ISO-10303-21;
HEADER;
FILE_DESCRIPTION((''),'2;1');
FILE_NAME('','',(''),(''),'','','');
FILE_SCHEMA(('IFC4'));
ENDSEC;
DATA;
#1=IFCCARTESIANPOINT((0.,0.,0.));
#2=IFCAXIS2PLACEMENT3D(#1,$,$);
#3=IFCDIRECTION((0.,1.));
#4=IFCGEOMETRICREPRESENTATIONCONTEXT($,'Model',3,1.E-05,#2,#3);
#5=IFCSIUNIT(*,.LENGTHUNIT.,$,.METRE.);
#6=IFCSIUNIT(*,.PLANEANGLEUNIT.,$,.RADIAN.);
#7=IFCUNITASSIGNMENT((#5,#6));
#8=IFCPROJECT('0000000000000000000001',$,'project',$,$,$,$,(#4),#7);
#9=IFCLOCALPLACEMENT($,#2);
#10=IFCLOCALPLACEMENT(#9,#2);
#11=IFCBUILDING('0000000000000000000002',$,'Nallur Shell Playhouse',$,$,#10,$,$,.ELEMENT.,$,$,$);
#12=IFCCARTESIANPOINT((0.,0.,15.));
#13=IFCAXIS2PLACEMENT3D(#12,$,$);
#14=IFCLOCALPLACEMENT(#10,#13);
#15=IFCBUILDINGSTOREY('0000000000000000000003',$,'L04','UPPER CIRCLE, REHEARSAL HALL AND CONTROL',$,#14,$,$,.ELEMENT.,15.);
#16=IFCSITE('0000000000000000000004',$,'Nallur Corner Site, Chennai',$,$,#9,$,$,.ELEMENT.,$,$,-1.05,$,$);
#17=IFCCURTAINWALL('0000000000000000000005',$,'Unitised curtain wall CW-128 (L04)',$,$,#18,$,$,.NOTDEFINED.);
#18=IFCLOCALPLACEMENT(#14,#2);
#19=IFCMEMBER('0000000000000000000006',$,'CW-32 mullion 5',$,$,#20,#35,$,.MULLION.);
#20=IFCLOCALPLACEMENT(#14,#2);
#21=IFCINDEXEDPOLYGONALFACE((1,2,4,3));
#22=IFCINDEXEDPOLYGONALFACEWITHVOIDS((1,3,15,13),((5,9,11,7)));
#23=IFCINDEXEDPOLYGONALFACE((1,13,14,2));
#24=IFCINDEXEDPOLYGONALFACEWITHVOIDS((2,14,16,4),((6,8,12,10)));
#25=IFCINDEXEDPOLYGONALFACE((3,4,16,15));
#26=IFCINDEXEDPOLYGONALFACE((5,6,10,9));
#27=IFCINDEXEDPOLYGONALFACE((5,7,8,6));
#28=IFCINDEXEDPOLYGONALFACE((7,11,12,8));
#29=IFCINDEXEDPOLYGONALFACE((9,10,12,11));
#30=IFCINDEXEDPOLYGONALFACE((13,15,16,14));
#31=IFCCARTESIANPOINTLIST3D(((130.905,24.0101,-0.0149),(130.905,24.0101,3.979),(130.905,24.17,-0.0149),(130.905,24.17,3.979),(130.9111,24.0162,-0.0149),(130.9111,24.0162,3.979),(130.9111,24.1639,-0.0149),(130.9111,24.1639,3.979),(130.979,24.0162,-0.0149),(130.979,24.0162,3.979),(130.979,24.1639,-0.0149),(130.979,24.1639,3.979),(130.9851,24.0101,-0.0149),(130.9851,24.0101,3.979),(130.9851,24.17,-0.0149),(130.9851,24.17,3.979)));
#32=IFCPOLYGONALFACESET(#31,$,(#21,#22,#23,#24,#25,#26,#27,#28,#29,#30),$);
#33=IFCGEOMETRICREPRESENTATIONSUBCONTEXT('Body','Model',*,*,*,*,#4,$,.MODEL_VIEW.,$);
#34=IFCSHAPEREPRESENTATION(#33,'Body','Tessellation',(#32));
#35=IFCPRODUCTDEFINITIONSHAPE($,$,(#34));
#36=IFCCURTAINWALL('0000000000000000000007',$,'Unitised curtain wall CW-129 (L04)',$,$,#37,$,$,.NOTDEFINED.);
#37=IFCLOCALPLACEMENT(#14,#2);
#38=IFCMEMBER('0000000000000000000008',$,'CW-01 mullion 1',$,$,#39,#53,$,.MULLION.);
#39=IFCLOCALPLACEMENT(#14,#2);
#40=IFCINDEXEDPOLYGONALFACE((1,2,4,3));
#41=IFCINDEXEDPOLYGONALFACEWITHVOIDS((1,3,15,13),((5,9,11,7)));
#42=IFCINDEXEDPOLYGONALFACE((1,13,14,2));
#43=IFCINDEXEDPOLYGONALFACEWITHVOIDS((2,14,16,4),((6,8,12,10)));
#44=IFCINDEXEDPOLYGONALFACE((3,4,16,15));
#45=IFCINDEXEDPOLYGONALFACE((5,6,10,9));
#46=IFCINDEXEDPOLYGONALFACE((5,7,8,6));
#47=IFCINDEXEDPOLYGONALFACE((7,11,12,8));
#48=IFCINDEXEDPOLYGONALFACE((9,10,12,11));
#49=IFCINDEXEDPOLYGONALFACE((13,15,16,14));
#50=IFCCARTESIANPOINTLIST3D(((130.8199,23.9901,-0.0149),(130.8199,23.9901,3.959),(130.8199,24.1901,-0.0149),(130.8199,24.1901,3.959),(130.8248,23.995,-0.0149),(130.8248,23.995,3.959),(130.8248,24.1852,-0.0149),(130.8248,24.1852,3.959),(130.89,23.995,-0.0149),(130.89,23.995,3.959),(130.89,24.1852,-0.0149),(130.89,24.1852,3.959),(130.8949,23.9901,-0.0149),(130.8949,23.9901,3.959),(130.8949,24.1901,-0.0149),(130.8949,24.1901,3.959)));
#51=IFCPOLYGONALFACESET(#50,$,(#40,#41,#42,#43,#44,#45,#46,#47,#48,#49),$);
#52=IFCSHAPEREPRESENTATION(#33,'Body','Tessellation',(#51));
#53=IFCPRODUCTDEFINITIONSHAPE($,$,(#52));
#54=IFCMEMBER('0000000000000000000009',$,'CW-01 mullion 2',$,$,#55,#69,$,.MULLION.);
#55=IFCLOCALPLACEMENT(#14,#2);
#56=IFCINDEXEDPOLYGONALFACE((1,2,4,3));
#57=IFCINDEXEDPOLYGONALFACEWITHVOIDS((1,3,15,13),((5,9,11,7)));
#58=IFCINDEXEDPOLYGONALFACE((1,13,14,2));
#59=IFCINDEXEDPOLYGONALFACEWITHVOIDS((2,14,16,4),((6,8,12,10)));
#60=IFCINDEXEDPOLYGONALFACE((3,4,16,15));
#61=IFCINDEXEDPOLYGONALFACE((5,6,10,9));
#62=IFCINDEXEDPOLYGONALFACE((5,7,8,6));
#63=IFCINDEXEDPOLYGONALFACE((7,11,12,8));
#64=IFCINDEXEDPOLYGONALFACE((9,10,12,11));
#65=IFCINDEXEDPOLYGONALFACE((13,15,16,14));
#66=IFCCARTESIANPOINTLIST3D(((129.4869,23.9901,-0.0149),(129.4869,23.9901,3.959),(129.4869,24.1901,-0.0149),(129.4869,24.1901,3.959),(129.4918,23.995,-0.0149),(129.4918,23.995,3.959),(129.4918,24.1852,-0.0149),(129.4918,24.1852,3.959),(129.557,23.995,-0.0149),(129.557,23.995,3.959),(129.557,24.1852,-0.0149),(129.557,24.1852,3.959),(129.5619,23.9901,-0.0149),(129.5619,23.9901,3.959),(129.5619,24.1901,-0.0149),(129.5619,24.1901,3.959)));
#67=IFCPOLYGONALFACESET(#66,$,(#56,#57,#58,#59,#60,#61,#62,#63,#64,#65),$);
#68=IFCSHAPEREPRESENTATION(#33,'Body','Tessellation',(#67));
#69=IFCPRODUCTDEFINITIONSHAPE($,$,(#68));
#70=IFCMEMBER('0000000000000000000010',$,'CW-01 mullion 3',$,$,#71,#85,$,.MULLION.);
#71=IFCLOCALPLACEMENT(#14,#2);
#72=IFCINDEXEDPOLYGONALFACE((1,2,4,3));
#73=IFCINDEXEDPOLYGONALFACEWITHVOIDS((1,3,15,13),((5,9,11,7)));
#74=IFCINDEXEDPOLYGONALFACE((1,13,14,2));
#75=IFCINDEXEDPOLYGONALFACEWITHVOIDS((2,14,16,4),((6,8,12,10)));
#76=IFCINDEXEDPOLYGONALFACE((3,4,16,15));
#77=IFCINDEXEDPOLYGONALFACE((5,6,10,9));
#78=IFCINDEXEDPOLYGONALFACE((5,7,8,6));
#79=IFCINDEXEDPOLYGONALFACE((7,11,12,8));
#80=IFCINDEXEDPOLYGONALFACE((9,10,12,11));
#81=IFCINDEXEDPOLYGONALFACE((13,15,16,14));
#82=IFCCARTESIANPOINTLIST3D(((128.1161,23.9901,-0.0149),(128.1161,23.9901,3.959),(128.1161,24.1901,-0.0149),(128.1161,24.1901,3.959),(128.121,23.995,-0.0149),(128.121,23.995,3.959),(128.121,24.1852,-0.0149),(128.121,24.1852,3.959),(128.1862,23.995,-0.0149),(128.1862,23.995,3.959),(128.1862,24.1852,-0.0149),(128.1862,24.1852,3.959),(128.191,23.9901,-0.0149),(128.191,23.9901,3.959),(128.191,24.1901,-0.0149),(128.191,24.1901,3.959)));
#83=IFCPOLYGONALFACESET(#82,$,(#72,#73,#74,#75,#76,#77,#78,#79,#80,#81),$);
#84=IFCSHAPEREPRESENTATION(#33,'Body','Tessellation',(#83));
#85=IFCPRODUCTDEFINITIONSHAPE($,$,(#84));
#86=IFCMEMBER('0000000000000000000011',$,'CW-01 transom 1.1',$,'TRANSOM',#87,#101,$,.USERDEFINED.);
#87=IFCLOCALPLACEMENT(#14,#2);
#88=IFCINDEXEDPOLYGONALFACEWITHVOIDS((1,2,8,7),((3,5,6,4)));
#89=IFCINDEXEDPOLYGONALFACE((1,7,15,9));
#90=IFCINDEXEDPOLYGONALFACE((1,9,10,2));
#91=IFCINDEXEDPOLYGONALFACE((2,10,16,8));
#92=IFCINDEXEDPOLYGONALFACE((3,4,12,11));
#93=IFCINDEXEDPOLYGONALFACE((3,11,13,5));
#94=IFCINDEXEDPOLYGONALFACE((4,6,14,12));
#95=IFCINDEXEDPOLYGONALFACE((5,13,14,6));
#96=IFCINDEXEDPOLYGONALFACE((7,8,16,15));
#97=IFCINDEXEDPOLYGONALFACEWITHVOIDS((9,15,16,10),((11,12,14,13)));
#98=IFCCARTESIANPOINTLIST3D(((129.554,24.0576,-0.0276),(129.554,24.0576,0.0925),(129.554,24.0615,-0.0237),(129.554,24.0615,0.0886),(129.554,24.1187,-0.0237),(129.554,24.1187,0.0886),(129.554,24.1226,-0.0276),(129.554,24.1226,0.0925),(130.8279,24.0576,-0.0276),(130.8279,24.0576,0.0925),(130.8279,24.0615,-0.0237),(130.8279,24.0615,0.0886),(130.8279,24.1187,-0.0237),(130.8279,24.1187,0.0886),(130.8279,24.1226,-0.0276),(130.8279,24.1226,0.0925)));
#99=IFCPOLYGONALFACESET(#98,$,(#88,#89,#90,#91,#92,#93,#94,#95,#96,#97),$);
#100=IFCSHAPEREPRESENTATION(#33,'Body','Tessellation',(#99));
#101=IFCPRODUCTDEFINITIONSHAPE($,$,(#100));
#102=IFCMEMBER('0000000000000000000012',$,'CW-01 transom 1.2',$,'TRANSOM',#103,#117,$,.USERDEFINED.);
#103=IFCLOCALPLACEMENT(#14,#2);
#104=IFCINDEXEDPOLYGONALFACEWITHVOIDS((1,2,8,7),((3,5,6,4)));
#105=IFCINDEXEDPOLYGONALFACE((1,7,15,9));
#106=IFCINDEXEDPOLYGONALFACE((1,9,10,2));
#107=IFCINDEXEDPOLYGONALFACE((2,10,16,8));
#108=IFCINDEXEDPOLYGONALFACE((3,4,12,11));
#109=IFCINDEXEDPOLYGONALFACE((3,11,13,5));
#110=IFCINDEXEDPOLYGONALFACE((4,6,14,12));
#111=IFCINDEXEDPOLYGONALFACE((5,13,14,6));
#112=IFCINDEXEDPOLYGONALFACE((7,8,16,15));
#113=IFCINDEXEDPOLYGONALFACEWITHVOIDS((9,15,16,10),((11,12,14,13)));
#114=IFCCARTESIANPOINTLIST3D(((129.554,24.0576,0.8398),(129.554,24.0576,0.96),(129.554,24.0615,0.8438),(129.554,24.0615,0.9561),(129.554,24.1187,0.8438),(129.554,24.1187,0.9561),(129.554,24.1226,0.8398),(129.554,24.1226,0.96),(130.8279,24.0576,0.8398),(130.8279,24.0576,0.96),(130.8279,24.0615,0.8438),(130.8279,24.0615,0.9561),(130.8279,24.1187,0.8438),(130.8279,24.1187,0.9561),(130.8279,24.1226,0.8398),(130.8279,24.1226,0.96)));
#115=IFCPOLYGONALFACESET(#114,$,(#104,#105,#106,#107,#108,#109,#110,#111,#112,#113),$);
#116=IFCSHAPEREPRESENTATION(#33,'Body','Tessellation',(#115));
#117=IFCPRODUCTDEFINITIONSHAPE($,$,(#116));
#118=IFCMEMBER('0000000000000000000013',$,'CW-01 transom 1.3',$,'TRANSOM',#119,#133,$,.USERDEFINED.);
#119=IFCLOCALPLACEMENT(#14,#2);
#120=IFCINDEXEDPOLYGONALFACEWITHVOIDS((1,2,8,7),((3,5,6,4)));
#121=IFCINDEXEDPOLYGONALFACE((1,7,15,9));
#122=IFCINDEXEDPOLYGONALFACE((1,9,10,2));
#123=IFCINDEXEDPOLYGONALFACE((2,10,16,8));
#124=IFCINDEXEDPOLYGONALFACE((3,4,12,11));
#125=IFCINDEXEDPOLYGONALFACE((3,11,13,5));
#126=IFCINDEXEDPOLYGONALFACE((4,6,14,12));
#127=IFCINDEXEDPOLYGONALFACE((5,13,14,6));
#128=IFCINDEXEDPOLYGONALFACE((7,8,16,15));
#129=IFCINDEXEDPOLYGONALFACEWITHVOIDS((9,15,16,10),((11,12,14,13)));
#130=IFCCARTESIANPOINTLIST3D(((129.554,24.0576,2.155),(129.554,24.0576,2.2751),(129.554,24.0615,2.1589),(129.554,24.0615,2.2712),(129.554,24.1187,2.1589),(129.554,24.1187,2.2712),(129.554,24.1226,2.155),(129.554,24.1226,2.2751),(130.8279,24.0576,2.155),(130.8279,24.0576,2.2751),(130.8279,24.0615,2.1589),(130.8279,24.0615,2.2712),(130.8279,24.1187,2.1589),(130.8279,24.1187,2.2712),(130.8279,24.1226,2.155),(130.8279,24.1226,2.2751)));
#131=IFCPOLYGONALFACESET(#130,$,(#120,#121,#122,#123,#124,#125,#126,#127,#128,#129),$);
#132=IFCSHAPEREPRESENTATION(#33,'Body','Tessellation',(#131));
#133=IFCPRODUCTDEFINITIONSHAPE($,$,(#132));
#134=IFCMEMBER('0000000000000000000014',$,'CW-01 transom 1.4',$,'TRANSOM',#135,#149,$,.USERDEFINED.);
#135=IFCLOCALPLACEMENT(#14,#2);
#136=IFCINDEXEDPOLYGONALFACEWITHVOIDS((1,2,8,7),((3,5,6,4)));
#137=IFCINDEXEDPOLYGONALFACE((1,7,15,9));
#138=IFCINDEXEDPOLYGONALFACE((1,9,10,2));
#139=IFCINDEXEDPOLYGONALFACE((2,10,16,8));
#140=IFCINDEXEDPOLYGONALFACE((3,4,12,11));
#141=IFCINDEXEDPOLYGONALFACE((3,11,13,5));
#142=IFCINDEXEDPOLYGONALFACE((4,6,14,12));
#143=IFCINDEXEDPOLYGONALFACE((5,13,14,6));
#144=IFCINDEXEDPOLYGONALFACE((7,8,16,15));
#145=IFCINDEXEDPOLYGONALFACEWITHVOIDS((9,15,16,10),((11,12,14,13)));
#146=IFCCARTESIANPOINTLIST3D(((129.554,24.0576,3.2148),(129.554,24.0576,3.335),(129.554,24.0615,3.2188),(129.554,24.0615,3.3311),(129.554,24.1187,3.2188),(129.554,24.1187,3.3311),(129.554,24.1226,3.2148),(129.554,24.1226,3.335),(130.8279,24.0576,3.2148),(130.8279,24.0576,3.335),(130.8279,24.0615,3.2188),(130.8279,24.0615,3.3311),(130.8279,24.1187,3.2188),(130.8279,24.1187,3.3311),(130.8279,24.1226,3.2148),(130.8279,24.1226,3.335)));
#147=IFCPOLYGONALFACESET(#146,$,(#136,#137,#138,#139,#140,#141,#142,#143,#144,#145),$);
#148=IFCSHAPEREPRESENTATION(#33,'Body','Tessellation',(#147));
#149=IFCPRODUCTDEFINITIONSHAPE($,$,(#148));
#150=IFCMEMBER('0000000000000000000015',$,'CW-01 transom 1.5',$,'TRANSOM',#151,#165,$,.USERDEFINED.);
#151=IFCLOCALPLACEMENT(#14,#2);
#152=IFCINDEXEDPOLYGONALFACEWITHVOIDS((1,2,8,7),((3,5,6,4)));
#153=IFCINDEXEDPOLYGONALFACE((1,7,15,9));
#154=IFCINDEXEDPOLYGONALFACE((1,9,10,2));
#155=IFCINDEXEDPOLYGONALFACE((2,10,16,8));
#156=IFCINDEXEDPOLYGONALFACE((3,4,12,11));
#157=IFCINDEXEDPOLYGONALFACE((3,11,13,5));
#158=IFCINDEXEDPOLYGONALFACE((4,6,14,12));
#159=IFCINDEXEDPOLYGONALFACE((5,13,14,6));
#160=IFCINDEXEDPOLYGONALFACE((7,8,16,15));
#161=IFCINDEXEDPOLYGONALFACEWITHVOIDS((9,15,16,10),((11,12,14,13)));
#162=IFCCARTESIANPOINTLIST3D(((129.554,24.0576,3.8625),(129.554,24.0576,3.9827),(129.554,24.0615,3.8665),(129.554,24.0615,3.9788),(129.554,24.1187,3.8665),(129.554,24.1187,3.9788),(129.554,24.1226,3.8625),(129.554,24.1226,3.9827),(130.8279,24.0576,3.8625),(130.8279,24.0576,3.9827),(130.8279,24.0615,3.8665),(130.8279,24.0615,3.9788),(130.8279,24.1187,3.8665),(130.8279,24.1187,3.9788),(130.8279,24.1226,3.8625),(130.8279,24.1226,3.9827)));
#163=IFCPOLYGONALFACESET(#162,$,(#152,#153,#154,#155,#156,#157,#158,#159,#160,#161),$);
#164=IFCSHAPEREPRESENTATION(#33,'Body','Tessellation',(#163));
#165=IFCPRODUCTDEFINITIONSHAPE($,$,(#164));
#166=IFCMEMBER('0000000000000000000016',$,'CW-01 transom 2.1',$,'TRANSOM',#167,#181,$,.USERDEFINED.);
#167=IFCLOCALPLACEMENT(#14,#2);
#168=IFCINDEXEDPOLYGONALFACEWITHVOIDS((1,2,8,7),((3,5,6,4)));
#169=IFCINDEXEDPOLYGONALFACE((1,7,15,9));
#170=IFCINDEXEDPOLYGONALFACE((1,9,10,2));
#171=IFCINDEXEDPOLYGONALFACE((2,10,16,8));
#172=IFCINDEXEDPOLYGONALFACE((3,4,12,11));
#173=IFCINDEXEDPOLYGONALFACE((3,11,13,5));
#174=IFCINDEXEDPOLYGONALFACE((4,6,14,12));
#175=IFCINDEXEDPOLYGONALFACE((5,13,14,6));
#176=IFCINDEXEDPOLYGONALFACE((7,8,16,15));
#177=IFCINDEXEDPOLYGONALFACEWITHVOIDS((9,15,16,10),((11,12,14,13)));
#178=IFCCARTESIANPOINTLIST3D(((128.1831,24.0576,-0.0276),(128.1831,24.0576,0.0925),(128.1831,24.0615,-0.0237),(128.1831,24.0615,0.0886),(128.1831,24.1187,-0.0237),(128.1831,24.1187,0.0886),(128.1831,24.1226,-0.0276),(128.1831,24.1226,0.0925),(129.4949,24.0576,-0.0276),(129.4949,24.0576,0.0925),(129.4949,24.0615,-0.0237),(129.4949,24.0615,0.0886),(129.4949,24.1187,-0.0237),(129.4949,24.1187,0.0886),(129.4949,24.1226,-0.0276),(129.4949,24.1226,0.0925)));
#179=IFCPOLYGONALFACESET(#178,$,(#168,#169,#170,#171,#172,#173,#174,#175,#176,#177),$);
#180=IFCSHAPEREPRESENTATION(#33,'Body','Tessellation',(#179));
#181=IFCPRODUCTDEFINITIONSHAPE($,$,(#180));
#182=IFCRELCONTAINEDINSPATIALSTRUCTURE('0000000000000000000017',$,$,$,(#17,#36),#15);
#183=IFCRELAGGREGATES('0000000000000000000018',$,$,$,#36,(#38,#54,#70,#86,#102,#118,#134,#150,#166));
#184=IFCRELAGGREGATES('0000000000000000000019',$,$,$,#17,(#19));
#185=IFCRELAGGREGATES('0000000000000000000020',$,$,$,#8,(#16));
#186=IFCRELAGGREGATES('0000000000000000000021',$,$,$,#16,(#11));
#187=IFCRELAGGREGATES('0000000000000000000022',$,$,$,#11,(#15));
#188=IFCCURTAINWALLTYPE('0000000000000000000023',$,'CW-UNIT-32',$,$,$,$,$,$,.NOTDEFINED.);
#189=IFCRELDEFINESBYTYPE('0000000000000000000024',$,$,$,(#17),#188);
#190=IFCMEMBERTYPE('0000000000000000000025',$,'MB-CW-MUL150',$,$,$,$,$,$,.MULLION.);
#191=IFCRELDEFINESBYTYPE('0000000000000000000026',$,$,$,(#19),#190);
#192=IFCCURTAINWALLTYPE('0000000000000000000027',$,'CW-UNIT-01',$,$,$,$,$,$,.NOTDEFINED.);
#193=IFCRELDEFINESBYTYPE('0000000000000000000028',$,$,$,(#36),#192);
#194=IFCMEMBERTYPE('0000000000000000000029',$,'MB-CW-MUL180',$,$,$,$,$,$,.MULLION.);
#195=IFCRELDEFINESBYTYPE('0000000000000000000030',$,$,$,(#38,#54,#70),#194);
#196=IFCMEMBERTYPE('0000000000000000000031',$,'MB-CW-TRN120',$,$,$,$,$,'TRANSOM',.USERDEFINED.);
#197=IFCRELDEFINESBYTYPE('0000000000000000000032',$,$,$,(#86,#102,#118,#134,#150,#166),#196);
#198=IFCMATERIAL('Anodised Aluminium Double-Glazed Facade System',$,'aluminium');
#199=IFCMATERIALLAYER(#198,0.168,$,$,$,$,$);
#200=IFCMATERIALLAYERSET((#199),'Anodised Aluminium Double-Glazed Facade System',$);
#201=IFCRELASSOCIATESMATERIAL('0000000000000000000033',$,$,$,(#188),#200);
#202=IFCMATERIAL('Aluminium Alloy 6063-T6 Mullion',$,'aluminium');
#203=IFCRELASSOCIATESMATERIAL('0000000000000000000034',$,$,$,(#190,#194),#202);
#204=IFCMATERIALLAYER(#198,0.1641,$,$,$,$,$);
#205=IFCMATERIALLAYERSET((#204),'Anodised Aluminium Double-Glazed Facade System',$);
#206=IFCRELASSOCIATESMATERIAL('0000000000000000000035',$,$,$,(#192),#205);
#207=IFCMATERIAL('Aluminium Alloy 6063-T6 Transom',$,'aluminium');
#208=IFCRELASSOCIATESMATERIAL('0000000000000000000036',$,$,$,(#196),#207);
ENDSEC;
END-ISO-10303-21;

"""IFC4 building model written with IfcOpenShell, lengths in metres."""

from ifc_helpers import new_model, si_unit, direction, frame, origin, origin_2d, place, context, subcontext, project, spatial, hollow_rectangle, extrude, material, layer, layer_set, material_profile, profile_set, type_object, element, aggregate, save


model = new_model("IFC4")

# Units and contexts
model_context = context("Model", 3, precision=1e-05, world=origin(), true_north=direction((0.0, 1.0)))
body_context = subcontext(model_context, "Body", "Model", "MODEL_VIEW")
ifc_project = project(units=[si_unit("LENGTHUNIT", "METRE"), si_unit("PLANEANGLEUNIT", "RADIAN")], contexts=[model_context])

# Site, building, storey
site_placement = place(None, origin())
site = spatial("IfcSite", under=ifc_project, at=site_placement, Name="Nallur Corner Site, Chennai", CompositionType="ELEMENT", RefElevation=-1.05)
building_placement = place(site_placement, origin())
building = spatial("IfcBuilding", under=site, at=building_placement, Name="Nallur Shell Playhouse", CompositionType="ELEMENT")
storey_placement = place(building_placement, frame((0.0, 0.0, 15.0)))
storey = spatial("IfcBuildingStorey", under=building, at=storey_placement, Name="L04", Description="UPPER CIRCLE, REHEARSAL HALL AND CONTROL", CompositionType="ELEMENT", Elevation=15.0)

# Curtain wall, member
ifc_material_1 = material(Name="Anodised Aluminium Double-Glazed Facade System", Category="aluminium")
ifc_layer_1 = layer(ifc_material_1, 0.168)
ifc_layer_set_1 = layer_set([ifc_layer_1], Name="Anodised Aluminium Double-Glazed Facade System")
curtain_wall_type_1 = type_object("IfcCurtainWallType", Name="CW-UNIT-32", PredefinedType="NOTDEFINED", material=ifc_layer_set_1)
curtain_wall_1_placement = place(storey_placement, origin())
curtain_wall_1 = element("IfcCurtainWall", 1, at=curtain_wall_1_placement, inside=storey, type_object=curtain_wall_type_1, Name="Unitised curtain wall CW-128 (L04)", PredefinedType="NOTDEFINED")
ifc_material_2 = material(Name="Aluminium Alloy 6063-T6 Mullion", Category="aluminium")
ifc_material_profile_1 = material_profile(ifc_material_2, hollow_rectangle(XDim=0.0801, YDim=0.1599, WallThickness=0.0061, at=origin_2d()), Name="RHS 160x80x6")
ifc_profile_set_1 = profile_set([ifc_material_profile_1], Name="Aluminium Alloy 6063-T6 Mullion")
member_type_1 = type_object("IfcMemberType", Name="MB-CW-MUL150", PredefinedType="MULLION", material=ifc_profile_set_1)
member_1_placement = place(storey_placement, frame((130.9451, 24.0901, -0.0149), z_axis=(0.0, 0.0, 1.0), x_axis=(-1.0, 0.0, 0.0)))
member_1 = element("IfcMember", 2, at=member_1_placement, type_object=member_type_1, Name="CW-32 mullion 5", PredefinedType="MULLION", context=body_context, shape_type="SweptSolid", body=[
    extrude(hollow_rectangle(XDim=0.0801, YDim=0.1599, WallThickness=0.0061, at=origin_2d()), origin(), (0.0, 0.0, 1.0), 3.9939),
])

# Curtain wall, members
ifc_layer_2 = layer(ifc_material_1, 0.1641)
ifc_layer_set_2 = layer_set([ifc_layer_2], Name="Anodised Aluminium Double-Glazed Facade System")
curtain_wall_type_2 = type_object("IfcCurtainWallType", Name="CW-UNIT-01", PredefinedType="NOTDEFINED", material=ifc_layer_set_2)
curtain_wall_2_placement = place(storey_placement, origin())
curtain_wall_2 = element("IfcCurtainWall", 3, at=curtain_wall_2_placement, inside=storey, type_object=curtain_wall_type_2, Name="Unitised curtain wall CW-129 (L04)", PredefinedType="NOTDEFINED")
ifc_material_profile_2 = material_profile(ifc_material_2, hollow_rectangle(XDim=0.075, YDim=0.2, WallThickness=0.0049, at=origin_2d()), Name="ALU 75x200x5")
ifc_profile_set_2 = profile_set([ifc_material_profile_2], Name="Aluminium Alloy 6063-T6 Mullion")
member_type_2 = type_object("IfcMemberType", Name="MB-CW-MUL180", PredefinedType="MULLION", material=ifc_profile_set_2)
member_2_placement = place(storey_placement, frame((130.8574, 24.0901, -0.0149), z_axis=(0.0, 0.0, 1.0), x_axis=(-1.0, 0.0, 0.0)))
member_2 = element("IfcMember", 4, at=member_2_placement, type_object=member_type_2, Name="CW-01 mullion 1", PredefinedType="MULLION", context=body_context, shape_type="SweptSolid", body=[
    extrude(hollow_rectangle(XDim=0.075, YDim=0.2, WallThickness=0.0049, at=origin_2d()), origin(), (0.0, 0.0, 1.0), 3.9739),
])
member_3_placement = place(storey_placement, frame((129.5244, 24.0901, -0.0149), z_axis=(0.0, 0.0, 1.0), x_axis=(-1.0, 0.0, 0.0)))
member_3 = element("IfcMember", 5, at=member_3_placement, type_object=member_type_2, Name="CW-01 mullion 2", PredefinedType="MULLION", context=body_context, shape_type="SweptSolid", body=[
    extrude(hollow_rectangle(XDim=0.075, YDim=0.2, WallThickness=0.0049, at=origin_2d()), origin(), (0.0, 0.0, 1.0), 3.9739),
])
member_4_placement = place(storey_placement, frame((128.1536, 24.0901, -0.0149), z_axis=(0.0, 0.0, 1.0), x_axis=(-1.0, 0.0, 0.0)))
member_4 = element("IfcMember", 6, at=member_4_placement, type_object=member_type_2, Name="CW-01 mullion 3", PredefinedType="MULLION", context=body_context, shape_type="SweptSolid", body=[
    extrude(hollow_rectangle(XDim=0.075, YDim=0.2, WallThickness=0.0049, at=origin_2d()), origin(), (0.0, 0.0, 1.0), 3.9739),
])
ifc_material_3 = material(Name="Aluminium Alloy 6063-T6 Transom", Category="aluminium")
ifc_material_profile_3 = material_profile(ifc_material_3, hollow_rectangle(XDim=0.0649, YDim=0.1201, WallThickness=0.0039, at=origin_2d()), Name="ALU 65x120x4")
ifc_profile_set_3 = profile_set([ifc_material_profile_3], Name="Aluminium Alloy 6063-T6 Transom")
member_type_3 = type_object("IfcMemberType", Name="MB-CW-TRN120", ElementType="TRANSOM", PredefinedType="USERDEFINED", material=ifc_profile_set_3)
member_5_placement = place(storey_placement, frame((130.8279, 24.0901, 0.0325), z_axis=(-1.0, 0.0, 0.0), x_axis=(0.0, -1.0, 0.0)))
member_5 = element("IfcMember", 7, at=member_5_placement, type_object=member_type_3, Name="CW-01 transom 1.1", ObjectType="TRANSOM", PredefinedType="USERDEFINED", context=body_context, shape_type="SweptSolid", body=[
    extrude(hollow_rectangle(XDim=0.0649, YDim=0.1201, WallThickness=0.0039, at=origin_2d()), origin(), (0.0, 0.0, 1.0), 1.2739),
])
member_6_placement = place(storey_placement, frame((130.8279, 24.0901, 0.8999), z_axis=(-1.0, 0.0, 0.0), x_axis=(0.0, -1.0, 0.0)))
member_6 = element("IfcMember", 8, at=member_6_placement, type_object=member_type_3, Name="CW-01 transom 1.2", ObjectType="TRANSOM", PredefinedType="USERDEFINED", context=body_context, shape_type="SweptSolid", body=[
    extrude(hollow_rectangle(XDim=0.0649, YDim=0.1201, WallThickness=0.0039, at=origin_2d()), origin(), (0.0, 0.0, 1.0), 1.2739),
])
member_7_placement = place(storey_placement, frame((130.8279, 24.0901, 2.2151), z_axis=(-1.0, 0.0, 0.0), x_axis=(0.0, -1.0, 0.0)))
member_7 = element("IfcMember", 9, at=member_7_placement, type_object=member_type_3, Name="CW-01 transom 1.3", ObjectType="TRANSOM", PredefinedType="USERDEFINED", context=body_context, shape_type="SweptSolid", body=[
    extrude(hollow_rectangle(XDim=0.0649, YDim=0.1201, WallThickness=0.0039, at=origin_2d()), origin(), (0.0, 0.0, 1.0), 1.2739),
])
member_8_placement = place(storey_placement, frame((130.8279, 24.0901, 3.2749), z_axis=(-1.0, 0.0, 0.0), x_axis=(0.0, -1.0, 0.0)))
member_8 = element("IfcMember", 10, at=member_8_placement, type_object=member_type_3, Name="CW-01 transom 1.4", ObjectType="TRANSOM", PredefinedType="USERDEFINED", context=body_context, shape_type="SweptSolid", body=[
    extrude(hollow_rectangle(XDim=0.0649, YDim=0.1201, WallThickness=0.0039, at=origin_2d()), origin(), (0.0, 0.0, 1.0), 1.2739),
])
member_9_placement = place(storey_placement, frame((130.8279, 24.0901, 3.9226), z_axis=(-1.0, 0.0, 0.0), x_axis=(0.0, -1.0, 0.0)))
member_9 = element("IfcMember", 11, at=member_9_placement, type_object=member_type_3, Name="CW-01 transom 1.5", ObjectType="TRANSOM", PredefinedType="USERDEFINED", context=body_context, shape_type="SweptSolid", body=[
    extrude(hollow_rectangle(XDim=0.0649, YDim=0.1201, WallThickness=0.0039, at=origin_2d()), origin(), (0.0, 0.0, 1.0), 1.2739),
])
member_10_placement = place(storey_placement, frame((129.4949, 24.0901, 0.0325), z_axis=(-1.0, 0.0, 0.0), x_axis=(0.0, -1.0, 0.0)))
member_10 = element("IfcMember", 12, at=member_10_placement, type_object=member_type_3, Name="CW-01 transom 2.1", ObjectType="TRANSOM", PredefinedType="USERDEFINED", context=body_context, shape_type="SweptSolid", body=[
    extrude(hollow_rectangle(XDim=0.0649, YDim=0.1201, WallThickness=0.0039, at=origin_2d()), origin(), (0.0, 0.0, 1.0), 1.3118),
])

aggregate(curtain_wall_2, [member_2, member_3, member_4, member_5, member_6, member_7, member_8, member_9, member_10])
aggregate(curtain_wall_1, [member_1])

save(model, "model.ifc")
